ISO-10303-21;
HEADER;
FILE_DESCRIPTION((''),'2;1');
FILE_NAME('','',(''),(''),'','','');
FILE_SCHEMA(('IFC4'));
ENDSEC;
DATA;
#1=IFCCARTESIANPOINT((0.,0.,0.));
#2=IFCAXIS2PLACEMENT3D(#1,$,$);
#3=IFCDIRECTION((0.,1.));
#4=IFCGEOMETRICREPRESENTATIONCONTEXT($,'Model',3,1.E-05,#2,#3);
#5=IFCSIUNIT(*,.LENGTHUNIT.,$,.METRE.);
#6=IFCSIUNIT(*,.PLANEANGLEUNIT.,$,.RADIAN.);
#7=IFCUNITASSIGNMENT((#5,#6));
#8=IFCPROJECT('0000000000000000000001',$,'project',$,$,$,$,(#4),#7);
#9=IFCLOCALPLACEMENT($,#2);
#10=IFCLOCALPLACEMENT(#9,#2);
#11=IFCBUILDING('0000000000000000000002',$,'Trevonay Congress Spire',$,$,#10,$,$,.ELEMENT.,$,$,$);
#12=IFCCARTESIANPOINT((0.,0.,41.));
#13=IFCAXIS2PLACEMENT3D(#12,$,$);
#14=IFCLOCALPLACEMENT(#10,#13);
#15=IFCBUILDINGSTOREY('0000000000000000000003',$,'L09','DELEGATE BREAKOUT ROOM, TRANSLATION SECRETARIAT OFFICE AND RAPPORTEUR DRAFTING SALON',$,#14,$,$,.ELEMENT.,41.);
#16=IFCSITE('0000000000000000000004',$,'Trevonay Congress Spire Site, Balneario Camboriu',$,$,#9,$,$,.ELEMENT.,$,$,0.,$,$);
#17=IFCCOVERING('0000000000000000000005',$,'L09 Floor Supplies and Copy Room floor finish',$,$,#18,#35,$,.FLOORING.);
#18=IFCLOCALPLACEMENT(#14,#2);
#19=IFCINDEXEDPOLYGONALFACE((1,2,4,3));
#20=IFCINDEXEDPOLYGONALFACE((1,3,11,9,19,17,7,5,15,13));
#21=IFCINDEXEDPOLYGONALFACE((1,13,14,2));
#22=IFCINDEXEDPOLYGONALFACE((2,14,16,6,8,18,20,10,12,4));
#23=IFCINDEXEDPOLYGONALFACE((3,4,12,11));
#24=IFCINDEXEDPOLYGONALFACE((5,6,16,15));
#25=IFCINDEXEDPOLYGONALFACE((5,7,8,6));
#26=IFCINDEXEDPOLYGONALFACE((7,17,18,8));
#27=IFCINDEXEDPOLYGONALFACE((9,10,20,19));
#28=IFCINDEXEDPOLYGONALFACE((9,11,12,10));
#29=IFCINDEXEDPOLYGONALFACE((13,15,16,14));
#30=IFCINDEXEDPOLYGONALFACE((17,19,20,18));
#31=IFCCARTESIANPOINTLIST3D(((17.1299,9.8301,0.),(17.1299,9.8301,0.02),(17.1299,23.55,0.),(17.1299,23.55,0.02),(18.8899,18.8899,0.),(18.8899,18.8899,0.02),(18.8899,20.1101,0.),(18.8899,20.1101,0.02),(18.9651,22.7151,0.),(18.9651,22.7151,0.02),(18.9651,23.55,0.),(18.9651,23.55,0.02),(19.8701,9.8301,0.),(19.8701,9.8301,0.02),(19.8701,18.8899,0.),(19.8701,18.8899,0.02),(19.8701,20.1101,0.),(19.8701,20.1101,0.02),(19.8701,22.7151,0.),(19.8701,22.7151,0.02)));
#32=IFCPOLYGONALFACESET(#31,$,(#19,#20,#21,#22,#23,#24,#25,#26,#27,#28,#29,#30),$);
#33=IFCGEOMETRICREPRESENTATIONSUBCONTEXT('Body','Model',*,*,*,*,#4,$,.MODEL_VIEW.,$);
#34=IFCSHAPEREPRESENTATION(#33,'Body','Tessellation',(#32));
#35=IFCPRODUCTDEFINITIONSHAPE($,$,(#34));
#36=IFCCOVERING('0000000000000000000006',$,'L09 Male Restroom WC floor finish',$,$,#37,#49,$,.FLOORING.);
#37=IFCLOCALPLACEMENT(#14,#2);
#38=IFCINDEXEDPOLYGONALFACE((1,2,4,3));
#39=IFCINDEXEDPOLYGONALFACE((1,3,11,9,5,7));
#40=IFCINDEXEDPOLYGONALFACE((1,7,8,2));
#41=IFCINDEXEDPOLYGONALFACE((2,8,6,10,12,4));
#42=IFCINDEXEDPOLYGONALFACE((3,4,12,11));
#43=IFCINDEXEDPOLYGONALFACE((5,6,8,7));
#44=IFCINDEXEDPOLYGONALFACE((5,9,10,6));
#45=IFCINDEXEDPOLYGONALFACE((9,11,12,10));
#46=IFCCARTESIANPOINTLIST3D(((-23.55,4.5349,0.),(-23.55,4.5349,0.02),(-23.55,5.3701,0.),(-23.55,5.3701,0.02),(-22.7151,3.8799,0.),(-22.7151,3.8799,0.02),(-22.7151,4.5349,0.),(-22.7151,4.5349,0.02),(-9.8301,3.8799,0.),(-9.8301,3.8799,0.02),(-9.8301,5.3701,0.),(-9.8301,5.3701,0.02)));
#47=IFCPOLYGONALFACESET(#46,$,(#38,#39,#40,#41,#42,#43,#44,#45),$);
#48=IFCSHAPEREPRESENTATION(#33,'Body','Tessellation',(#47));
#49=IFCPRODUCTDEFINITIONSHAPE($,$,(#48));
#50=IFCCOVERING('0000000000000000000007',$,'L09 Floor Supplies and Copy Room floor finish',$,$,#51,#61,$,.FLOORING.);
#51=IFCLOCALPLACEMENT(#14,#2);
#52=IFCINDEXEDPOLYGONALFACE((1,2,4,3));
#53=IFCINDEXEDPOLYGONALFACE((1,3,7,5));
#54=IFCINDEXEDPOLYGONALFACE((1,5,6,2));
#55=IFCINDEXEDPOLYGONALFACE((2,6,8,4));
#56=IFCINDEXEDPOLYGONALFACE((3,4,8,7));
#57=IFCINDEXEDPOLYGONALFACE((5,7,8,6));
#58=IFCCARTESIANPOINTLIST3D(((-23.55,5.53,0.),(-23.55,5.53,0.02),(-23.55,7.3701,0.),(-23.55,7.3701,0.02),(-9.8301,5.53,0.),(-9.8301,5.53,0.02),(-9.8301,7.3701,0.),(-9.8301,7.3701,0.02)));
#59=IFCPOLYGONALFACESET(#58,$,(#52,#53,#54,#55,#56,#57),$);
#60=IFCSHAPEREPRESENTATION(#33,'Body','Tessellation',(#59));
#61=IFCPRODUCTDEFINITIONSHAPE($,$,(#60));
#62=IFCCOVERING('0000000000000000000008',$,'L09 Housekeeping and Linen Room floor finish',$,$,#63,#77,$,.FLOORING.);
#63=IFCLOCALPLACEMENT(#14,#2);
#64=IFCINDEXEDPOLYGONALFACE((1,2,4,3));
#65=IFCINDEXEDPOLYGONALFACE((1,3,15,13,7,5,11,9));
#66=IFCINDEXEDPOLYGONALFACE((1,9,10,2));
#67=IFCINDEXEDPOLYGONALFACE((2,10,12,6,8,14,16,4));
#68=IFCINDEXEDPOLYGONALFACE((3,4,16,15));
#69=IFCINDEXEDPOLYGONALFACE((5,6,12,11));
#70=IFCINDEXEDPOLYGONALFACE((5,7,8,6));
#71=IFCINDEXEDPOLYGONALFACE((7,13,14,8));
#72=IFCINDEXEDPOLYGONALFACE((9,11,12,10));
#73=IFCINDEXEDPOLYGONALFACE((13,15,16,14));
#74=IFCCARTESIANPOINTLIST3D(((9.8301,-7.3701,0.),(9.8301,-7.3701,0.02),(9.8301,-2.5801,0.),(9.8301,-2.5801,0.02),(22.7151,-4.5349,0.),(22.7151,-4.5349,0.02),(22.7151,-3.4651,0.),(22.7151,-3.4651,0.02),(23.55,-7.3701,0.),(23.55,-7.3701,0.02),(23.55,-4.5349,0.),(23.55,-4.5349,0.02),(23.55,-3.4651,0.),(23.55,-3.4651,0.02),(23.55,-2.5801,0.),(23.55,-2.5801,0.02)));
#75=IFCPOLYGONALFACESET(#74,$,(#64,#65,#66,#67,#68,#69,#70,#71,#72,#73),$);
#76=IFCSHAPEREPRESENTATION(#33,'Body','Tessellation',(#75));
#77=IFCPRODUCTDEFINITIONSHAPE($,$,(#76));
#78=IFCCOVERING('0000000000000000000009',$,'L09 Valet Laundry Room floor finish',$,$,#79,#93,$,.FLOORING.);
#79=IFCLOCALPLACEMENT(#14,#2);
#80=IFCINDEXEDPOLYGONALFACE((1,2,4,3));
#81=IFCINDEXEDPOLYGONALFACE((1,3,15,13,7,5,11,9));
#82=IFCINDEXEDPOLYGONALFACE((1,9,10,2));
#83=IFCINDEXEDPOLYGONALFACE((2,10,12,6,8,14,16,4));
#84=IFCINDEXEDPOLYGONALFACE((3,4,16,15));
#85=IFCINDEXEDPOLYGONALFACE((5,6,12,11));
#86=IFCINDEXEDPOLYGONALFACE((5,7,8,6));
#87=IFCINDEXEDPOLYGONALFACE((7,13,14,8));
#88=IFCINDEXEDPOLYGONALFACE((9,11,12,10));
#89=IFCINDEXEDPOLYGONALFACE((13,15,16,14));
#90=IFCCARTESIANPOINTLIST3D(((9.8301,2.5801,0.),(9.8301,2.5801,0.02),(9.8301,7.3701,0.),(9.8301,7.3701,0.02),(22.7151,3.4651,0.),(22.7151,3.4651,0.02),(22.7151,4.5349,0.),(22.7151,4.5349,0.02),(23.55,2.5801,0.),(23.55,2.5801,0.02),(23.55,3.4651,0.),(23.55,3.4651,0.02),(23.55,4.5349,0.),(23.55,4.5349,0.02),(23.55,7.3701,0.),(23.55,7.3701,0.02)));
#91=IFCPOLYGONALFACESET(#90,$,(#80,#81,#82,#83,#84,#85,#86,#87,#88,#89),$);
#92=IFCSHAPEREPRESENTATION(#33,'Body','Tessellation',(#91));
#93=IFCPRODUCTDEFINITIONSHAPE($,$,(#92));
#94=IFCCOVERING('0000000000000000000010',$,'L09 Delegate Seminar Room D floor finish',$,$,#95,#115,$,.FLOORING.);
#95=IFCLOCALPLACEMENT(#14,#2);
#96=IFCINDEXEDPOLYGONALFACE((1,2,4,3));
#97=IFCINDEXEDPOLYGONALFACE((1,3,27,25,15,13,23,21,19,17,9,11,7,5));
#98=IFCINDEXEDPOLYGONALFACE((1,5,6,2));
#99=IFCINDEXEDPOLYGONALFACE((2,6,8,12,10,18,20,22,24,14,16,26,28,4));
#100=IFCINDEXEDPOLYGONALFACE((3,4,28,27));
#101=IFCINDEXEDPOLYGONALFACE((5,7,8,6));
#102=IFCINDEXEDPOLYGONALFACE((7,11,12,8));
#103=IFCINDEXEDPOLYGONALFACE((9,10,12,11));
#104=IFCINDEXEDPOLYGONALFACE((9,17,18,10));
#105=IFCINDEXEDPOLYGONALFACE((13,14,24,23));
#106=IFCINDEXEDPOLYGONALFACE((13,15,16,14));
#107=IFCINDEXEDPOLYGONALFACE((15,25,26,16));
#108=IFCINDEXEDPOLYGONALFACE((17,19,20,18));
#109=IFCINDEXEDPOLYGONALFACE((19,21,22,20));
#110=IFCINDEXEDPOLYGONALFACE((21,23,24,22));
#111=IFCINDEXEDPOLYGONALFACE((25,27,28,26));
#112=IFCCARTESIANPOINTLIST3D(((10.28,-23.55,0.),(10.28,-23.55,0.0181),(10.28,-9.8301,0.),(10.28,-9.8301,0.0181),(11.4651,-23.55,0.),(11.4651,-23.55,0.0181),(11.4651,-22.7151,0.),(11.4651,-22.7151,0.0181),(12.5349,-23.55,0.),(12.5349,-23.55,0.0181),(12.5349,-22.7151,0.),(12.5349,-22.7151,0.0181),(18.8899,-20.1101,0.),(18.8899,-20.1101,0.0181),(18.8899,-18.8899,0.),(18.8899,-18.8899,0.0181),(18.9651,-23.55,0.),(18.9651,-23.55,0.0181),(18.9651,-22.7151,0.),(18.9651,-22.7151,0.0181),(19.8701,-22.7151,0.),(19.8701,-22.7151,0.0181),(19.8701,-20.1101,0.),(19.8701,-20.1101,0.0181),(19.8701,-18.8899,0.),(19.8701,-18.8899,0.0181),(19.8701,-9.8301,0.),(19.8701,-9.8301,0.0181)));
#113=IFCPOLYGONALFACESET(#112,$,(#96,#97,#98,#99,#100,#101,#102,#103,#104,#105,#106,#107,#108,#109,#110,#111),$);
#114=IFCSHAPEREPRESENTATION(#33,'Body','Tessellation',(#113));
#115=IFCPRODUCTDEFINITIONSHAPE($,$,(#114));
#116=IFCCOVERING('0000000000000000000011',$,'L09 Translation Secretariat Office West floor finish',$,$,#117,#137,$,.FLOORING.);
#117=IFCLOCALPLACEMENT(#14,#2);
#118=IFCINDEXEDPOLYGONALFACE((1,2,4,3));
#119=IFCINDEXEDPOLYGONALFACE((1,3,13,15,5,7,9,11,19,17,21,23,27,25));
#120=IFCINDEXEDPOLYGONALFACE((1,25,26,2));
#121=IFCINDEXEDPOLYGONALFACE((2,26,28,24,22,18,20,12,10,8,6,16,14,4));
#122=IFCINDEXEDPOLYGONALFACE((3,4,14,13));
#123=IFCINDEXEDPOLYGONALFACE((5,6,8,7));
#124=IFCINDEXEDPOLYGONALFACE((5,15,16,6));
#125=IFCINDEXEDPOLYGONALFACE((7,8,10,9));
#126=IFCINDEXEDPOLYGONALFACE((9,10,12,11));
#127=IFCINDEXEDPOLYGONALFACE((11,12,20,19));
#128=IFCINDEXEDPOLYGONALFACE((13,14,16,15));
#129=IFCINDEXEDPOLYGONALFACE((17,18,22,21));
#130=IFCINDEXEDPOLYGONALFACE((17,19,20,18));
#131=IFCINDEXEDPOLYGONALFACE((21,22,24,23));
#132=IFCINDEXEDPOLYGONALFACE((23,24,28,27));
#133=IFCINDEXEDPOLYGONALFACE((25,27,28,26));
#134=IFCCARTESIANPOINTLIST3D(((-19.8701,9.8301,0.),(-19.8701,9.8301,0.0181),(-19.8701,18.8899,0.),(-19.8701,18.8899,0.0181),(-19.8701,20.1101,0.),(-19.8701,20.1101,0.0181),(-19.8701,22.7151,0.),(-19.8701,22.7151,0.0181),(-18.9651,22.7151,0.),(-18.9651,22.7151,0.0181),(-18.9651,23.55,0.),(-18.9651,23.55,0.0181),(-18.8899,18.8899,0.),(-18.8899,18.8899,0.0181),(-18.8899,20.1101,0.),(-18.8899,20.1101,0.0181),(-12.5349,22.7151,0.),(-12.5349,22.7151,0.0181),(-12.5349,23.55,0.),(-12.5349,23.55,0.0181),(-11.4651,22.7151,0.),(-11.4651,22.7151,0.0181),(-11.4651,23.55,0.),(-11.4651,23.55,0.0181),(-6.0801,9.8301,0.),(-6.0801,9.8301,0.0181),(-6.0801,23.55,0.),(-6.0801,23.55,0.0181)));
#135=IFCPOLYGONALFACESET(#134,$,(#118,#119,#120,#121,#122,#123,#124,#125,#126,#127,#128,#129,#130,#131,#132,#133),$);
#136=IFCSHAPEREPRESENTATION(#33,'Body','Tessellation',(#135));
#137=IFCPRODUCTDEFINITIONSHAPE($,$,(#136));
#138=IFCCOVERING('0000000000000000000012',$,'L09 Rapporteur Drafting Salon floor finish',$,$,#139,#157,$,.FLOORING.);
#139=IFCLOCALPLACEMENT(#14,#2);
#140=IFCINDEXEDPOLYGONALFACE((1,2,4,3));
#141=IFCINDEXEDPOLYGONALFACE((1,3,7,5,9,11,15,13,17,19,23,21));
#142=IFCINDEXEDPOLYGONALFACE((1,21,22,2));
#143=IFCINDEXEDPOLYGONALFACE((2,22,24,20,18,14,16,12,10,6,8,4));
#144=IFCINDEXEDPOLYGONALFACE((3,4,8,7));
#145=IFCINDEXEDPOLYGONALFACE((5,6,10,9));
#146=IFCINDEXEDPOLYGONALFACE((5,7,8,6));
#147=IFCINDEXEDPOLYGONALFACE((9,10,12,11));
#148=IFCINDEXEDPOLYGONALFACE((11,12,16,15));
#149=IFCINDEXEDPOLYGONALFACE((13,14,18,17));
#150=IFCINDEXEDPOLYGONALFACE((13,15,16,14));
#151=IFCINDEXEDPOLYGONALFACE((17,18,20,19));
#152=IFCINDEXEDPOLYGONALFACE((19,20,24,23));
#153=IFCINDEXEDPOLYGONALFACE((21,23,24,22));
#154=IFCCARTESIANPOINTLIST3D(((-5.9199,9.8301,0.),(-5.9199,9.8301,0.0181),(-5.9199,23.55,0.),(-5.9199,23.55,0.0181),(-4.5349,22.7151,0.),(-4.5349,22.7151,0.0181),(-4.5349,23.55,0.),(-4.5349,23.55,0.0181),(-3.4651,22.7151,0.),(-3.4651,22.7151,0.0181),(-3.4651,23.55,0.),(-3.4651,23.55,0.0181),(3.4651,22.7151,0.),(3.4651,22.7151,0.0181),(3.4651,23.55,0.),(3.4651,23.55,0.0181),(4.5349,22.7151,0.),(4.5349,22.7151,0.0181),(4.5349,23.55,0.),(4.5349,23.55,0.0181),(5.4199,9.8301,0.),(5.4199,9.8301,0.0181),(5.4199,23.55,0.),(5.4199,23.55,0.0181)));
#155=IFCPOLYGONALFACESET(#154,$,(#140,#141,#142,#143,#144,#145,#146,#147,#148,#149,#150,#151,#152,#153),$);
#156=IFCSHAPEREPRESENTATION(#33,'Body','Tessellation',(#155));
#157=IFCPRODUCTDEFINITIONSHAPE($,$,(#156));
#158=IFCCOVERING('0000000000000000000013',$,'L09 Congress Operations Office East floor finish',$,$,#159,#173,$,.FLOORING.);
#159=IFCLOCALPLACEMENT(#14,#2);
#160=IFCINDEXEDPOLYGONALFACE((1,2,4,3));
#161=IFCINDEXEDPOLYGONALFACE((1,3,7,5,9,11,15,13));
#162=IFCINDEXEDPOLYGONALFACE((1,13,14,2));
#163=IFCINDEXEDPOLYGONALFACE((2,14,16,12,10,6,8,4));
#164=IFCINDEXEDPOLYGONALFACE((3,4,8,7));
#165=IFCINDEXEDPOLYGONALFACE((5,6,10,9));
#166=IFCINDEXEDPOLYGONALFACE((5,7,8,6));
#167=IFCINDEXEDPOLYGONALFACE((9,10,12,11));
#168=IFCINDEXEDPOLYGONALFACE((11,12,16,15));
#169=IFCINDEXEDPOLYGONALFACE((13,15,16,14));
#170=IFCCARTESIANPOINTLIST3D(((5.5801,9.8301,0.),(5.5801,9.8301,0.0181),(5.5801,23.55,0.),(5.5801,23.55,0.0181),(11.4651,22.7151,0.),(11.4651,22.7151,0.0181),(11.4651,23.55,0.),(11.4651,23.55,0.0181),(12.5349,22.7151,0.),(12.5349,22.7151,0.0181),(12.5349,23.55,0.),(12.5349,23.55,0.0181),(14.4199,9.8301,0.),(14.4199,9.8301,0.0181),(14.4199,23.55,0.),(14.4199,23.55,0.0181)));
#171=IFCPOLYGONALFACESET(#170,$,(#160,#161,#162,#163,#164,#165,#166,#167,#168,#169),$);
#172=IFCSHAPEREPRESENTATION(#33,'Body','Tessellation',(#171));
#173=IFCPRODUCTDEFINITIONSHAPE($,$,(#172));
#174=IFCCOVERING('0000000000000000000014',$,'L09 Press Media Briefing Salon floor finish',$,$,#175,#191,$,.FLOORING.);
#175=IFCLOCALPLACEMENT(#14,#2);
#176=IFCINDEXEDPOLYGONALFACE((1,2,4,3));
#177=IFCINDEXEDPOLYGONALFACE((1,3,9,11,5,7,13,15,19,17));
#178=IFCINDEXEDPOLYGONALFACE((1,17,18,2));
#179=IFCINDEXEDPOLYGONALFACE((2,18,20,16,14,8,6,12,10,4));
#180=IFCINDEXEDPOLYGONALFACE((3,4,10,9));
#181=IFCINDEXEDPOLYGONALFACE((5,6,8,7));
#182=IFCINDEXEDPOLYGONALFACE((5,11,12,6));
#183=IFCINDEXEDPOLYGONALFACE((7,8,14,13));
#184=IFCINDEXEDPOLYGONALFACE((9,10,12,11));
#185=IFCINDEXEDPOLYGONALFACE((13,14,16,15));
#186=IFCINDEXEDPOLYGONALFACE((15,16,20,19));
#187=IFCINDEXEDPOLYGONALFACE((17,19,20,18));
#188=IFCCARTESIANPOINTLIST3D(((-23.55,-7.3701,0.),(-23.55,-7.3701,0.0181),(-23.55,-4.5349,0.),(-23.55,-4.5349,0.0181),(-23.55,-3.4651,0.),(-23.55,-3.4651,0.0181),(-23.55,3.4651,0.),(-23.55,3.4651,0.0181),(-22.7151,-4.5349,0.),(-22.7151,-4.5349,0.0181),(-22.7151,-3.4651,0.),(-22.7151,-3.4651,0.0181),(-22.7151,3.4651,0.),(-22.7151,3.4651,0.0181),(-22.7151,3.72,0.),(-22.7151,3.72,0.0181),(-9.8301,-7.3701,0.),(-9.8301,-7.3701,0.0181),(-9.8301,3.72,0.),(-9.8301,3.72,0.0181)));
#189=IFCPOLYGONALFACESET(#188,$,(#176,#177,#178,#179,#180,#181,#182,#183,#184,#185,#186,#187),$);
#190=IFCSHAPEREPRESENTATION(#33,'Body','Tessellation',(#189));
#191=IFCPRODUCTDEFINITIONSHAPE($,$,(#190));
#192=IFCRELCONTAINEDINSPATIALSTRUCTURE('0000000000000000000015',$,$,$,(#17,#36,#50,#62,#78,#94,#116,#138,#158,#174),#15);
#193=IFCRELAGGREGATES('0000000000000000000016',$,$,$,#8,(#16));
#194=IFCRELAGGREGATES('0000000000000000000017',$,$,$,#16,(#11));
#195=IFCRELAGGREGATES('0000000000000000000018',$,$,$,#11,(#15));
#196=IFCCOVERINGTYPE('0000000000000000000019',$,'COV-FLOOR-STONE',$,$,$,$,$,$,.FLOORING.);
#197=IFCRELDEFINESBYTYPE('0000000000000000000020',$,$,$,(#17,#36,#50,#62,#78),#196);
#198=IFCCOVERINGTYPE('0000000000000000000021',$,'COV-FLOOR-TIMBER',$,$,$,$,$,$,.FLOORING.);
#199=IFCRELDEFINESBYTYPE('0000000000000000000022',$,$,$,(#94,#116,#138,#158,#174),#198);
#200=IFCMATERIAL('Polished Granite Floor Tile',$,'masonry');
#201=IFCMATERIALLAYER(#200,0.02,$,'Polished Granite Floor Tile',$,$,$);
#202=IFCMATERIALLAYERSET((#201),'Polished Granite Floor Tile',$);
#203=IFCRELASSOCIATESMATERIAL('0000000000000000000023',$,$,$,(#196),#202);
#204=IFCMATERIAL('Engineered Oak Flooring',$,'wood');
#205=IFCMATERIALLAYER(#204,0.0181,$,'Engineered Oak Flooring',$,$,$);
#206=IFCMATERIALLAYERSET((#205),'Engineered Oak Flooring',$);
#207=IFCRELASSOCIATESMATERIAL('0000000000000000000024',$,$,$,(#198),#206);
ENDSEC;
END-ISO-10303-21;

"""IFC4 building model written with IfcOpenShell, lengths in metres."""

from ifc_helpers import new_model, si_unit, direction, frame, origin, place, context, subcontext, project, spatial, polyline, outline, extrude, material, layer, layer_set, type_object, element, save


model = new_model("IFC4")

# Units and contexts
model_context = context("Model", 3, precision=1e-05, world=origin(), true_north=direction((0.0, 1.0)))
body_context = subcontext(model_context, "Body", "Model", "MODEL_VIEW")
ifc_project = project(units=[si_unit("LENGTHUNIT", "METRE"), si_unit("PLANEANGLEUNIT", "RADIAN")], contexts=[model_context])

# Site, building, storey
site_placement = place(None, origin())
site = spatial("IfcSite", under=ifc_project, at=site_placement, Name="Trevonay Congress Spire Site, Balneario Camboriu", CompositionType="ELEMENT", RefElevation=0.0)
building_placement = place(site_placement, origin())
building = spatial("IfcBuilding", under=site, at=building_placement, Name="Trevonay Congress Spire", CompositionType="ELEMENT")
storey_placement = place(building_placement, frame((0.0, 0.0, 41.0)))
storey = spatial("IfcBuildingStorey", under=building, at=storey_placement, Name="L09", Description="DELEGATE BREAKOUT ROOM, TRANSLATION SECRETARIAT OFFICE AND RAPPORTEUR DRAFTING SALON", CompositionType="ELEMENT", Elevation=41.0)

# Coverings
ifc_material_1 = material(Name="Polished Granite Floor Tile", Category="masonry")
ifc_layer_1 = layer(ifc_material_1, 0.02, Name="Polished Granite Floor Tile")
ifc_layer_set_1 = layer_set([ifc_layer_1], Name="Polished Granite Floor Tile")
covering_type_1 = type_object("IfcCoveringType", Name="COV-FLOOR-STONE", PredefinedType="FLOORING", material=ifc_layer_set_1)
covering_1_placement = place(storey_placement, origin())
element("IfcCovering", 1, at=covering_1_placement, inside=storey, type_object=covering_type_1, Name="L09 Floor Supplies and Copy Room floor finish", PredefinedType="FLOORING", context=body_context, shape_type="SweptSolid", body=[
    extrude(outline(polyline([(19.8701, 9.8301), (17.1299, 9.8301), (17.1299, 23.55), (18.9651, 23.55), (18.9651, 22.7151), (19.8701, 22.7151), (19.8701, 20.1101), (18.8899, 20.1101), (18.8899, 18.8899), (19.8701, 18.8899), (19.8701, 9.8301)])), origin(), (0.0, 0.0, 1.0), 0.02),
])
covering_2_placement = place(storey_placement, origin())
element("IfcCovering", 2, at=covering_2_placement, inside=storey, type_object=covering_type_1, Name="L09 Male Restroom WC floor finish", PredefinedType="FLOORING", context=body_context, shape_type="SweptSolid", body=[
    extrude(outline(polyline([(-23.55, 5.3701), (-9.8301, 5.3701), (-9.8301, 3.8799), (-22.7151, 3.8799), (-22.7151, 4.5349), (-23.55, 4.5349), (-23.55, 5.3701)])), origin(), (0.0, 0.0, 1.0), 0.02),
])
covering_3_placement = place(storey_placement, origin())
element("IfcCovering", 3, at=covering_3_placement, inside=storey, type_object=covering_type_1, Name="L09 Floor Supplies and Copy Room floor finish", PredefinedType="FLOORING", context=body_context, shape_type="SweptSolid", body=[
    extrude(outline(polyline([(-23.55, 5.53), (-9.8301, 5.53), (-9.8301, 7.3701), (-23.55, 7.3701), (-23.55, 5.53)])), origin(), (0.0, 0.0, 1.0), 0.02),
])
covering_4_placement = place(storey_placement, origin())
element("IfcCovering", 4, at=covering_4_placement, inside=storey, type_object=covering_type_1, Name="L09 Housekeeping and Linen Room floor finish", PredefinedType="FLOORING", context=body_context, shape_type="SweptSolid", body=[
    extrude(outline(polyline([(23.55, -7.3701), (9.8301, -7.3701), (9.8301, -2.5801), (23.55, -2.5801), (23.55, -3.4651), (22.7151, -3.4651), (22.7151, -4.5349), (23.55, -4.5349), (23.55, -7.3701)])), origin(), (0.0, 0.0, 1.0), 0.02),
])
covering_5_placement = place(storey_placement, origin())
element("IfcCovering", 5, at=covering_5_placement, inside=storey, type_object=covering_type_1, Name="L09 Valet Laundry Room floor finish", PredefinedType="FLOORING", context=body_context, shape_type="SweptSolid", body=[
    extrude(outline(polyline([(23.55, 2.5801), (9.8301, 2.5801), (9.8301, 7.3701), (23.55, 7.3701), (23.55, 4.5349), (22.7151, 4.5349), (22.7151, 3.4651), (23.55, 3.4651), (23.55, 2.5801)])), origin(), (0.0, 0.0, 1.0), 0.02),
])
ifc_material_2 = material(Name="Engineered Oak Flooring", Category="wood")
ifc_layer_2 = layer(ifc_material_2, 0.0181, Name="Engineered Oak Flooring")
ifc_layer_set_2 = layer_set([ifc_layer_2], Name="Engineered Oak Flooring")
covering_type_2 = type_object("IfcCoveringType", Name="COV-FLOOR-TIMBER", PredefinedType="FLOORING", material=ifc_layer_set_2)
covering_6_placement = place(storey_placement, origin())
element("IfcCovering", 6, at=covering_6_placement, inside=storey, type_object=covering_type_2, Name="L09 Delegate Seminar Room D floor finish", PredefinedType="FLOORING", context=body_context, shape_type="SweptSolid", body=[
    extrude(outline(polyline([(10.28, -23.55), (10.28, -9.8301), (19.8701, -9.8301), (19.8701, -18.8899), (18.8899, -18.8899), (18.8899, -20.1101), (19.8701, -20.1101), (19.8701, -22.7151), (18.9651, -22.7151), (18.9651, -23.55), (12.5349, -23.55), (12.5349, -22.7151), (11.4651, -22.7151), (11.4651, -23.55), (10.28, -23.55)])), origin(), (0.0, 0.0, 1.0), 0.0181),
])
covering_7_placement = place(storey_placement, origin())
element("IfcCovering", 7, at=covering_7_placement, inside=storey, type_object=covering_type_2, Name="L09 Translation Secretariat Office West floor finish", PredefinedType="FLOORING", context=body_context, shape_type="SweptSolid", body=[
    extrude(outline(polyline([(-6.0801, 23.55), (-6.0801, 9.8301), (-19.8701, 9.8301), (-19.8701, 18.8899), (-18.8899, 18.8899), (-18.8899, 20.1101), (-19.8701, 20.1101), (-19.8701, 22.7151), (-18.9651, 22.7151), (-18.9651, 23.55), (-12.5349, 23.55), (-12.5349, 22.7151), (-11.4651, 22.7151), (-11.4651, 23.55), (-6.0801, 23.55)])), origin(), (0.0, 0.0, 1.0), 0.0181),
])
covering_8_placement = place(storey_placement, origin())
element("IfcCovering", 8, at=covering_8_placement, inside=storey, type_object=covering_type_2, Name="L09 Rapporteur Drafting Salon floor finish", PredefinedType="FLOORING", context=body_context, shape_type="SweptSolid", body=[
    extrude(outline(polyline([(5.4199, 23.55), (5.4199, 9.8301), (-5.9199, 9.8301), (-5.9199, 23.55), (-4.5349, 23.55), (-4.5349, 22.7151), (-3.4651, 22.7151), (-3.4651, 23.55), (3.4651, 23.55), (3.4651, 22.7151), (4.5349, 22.7151), (4.5349, 23.55), (5.4199, 23.55)])), origin(), (0.0, 0.0, 1.0), 0.0181),
])
covering_9_placement = place(storey_placement, origin())
element("IfcCovering", 9, at=covering_9_placement, inside=storey, type_object=covering_type_2, Name="L09 Congress Operations Office East floor finish", PredefinedType="FLOORING", context=body_context, shape_type="SweptSolid", body=[
    extrude(outline(polyline([(14.4199, 23.55), (14.4199, 9.8301), (5.5801, 9.8301), (5.5801, 23.55), (11.4651, 23.55), (11.4651, 22.7151), (12.5349, 22.7151), (12.5349, 23.55), (14.4199, 23.55)])), origin(), (0.0, 0.0, 1.0), 0.0181),
])
covering_10_placement = place(storey_placement, origin())
element("IfcCovering", 10, at=covering_10_placement, inside=storey, type_object=covering_type_2, Name="L09 Press Media Briefing Salon floor finish", PredefinedType="FLOORING", context=body_context, shape_type="SweptSolid", body=[
    extrude(outline(polyline([(-9.8301, 3.72), (-9.8301, -7.3701), (-23.55, -7.3701), (-23.55, -4.5349), (-22.7151, -4.5349), (-22.7151, -3.4651), (-23.55, -3.4651), (-23.55, 3.4651), (-22.7151, 3.4651), (-22.7151, 3.72), (-9.8301, 3.72)])), origin(), (0.0, 0.0, 1.0), 0.0181),
])

save(model, "model.ifc")
